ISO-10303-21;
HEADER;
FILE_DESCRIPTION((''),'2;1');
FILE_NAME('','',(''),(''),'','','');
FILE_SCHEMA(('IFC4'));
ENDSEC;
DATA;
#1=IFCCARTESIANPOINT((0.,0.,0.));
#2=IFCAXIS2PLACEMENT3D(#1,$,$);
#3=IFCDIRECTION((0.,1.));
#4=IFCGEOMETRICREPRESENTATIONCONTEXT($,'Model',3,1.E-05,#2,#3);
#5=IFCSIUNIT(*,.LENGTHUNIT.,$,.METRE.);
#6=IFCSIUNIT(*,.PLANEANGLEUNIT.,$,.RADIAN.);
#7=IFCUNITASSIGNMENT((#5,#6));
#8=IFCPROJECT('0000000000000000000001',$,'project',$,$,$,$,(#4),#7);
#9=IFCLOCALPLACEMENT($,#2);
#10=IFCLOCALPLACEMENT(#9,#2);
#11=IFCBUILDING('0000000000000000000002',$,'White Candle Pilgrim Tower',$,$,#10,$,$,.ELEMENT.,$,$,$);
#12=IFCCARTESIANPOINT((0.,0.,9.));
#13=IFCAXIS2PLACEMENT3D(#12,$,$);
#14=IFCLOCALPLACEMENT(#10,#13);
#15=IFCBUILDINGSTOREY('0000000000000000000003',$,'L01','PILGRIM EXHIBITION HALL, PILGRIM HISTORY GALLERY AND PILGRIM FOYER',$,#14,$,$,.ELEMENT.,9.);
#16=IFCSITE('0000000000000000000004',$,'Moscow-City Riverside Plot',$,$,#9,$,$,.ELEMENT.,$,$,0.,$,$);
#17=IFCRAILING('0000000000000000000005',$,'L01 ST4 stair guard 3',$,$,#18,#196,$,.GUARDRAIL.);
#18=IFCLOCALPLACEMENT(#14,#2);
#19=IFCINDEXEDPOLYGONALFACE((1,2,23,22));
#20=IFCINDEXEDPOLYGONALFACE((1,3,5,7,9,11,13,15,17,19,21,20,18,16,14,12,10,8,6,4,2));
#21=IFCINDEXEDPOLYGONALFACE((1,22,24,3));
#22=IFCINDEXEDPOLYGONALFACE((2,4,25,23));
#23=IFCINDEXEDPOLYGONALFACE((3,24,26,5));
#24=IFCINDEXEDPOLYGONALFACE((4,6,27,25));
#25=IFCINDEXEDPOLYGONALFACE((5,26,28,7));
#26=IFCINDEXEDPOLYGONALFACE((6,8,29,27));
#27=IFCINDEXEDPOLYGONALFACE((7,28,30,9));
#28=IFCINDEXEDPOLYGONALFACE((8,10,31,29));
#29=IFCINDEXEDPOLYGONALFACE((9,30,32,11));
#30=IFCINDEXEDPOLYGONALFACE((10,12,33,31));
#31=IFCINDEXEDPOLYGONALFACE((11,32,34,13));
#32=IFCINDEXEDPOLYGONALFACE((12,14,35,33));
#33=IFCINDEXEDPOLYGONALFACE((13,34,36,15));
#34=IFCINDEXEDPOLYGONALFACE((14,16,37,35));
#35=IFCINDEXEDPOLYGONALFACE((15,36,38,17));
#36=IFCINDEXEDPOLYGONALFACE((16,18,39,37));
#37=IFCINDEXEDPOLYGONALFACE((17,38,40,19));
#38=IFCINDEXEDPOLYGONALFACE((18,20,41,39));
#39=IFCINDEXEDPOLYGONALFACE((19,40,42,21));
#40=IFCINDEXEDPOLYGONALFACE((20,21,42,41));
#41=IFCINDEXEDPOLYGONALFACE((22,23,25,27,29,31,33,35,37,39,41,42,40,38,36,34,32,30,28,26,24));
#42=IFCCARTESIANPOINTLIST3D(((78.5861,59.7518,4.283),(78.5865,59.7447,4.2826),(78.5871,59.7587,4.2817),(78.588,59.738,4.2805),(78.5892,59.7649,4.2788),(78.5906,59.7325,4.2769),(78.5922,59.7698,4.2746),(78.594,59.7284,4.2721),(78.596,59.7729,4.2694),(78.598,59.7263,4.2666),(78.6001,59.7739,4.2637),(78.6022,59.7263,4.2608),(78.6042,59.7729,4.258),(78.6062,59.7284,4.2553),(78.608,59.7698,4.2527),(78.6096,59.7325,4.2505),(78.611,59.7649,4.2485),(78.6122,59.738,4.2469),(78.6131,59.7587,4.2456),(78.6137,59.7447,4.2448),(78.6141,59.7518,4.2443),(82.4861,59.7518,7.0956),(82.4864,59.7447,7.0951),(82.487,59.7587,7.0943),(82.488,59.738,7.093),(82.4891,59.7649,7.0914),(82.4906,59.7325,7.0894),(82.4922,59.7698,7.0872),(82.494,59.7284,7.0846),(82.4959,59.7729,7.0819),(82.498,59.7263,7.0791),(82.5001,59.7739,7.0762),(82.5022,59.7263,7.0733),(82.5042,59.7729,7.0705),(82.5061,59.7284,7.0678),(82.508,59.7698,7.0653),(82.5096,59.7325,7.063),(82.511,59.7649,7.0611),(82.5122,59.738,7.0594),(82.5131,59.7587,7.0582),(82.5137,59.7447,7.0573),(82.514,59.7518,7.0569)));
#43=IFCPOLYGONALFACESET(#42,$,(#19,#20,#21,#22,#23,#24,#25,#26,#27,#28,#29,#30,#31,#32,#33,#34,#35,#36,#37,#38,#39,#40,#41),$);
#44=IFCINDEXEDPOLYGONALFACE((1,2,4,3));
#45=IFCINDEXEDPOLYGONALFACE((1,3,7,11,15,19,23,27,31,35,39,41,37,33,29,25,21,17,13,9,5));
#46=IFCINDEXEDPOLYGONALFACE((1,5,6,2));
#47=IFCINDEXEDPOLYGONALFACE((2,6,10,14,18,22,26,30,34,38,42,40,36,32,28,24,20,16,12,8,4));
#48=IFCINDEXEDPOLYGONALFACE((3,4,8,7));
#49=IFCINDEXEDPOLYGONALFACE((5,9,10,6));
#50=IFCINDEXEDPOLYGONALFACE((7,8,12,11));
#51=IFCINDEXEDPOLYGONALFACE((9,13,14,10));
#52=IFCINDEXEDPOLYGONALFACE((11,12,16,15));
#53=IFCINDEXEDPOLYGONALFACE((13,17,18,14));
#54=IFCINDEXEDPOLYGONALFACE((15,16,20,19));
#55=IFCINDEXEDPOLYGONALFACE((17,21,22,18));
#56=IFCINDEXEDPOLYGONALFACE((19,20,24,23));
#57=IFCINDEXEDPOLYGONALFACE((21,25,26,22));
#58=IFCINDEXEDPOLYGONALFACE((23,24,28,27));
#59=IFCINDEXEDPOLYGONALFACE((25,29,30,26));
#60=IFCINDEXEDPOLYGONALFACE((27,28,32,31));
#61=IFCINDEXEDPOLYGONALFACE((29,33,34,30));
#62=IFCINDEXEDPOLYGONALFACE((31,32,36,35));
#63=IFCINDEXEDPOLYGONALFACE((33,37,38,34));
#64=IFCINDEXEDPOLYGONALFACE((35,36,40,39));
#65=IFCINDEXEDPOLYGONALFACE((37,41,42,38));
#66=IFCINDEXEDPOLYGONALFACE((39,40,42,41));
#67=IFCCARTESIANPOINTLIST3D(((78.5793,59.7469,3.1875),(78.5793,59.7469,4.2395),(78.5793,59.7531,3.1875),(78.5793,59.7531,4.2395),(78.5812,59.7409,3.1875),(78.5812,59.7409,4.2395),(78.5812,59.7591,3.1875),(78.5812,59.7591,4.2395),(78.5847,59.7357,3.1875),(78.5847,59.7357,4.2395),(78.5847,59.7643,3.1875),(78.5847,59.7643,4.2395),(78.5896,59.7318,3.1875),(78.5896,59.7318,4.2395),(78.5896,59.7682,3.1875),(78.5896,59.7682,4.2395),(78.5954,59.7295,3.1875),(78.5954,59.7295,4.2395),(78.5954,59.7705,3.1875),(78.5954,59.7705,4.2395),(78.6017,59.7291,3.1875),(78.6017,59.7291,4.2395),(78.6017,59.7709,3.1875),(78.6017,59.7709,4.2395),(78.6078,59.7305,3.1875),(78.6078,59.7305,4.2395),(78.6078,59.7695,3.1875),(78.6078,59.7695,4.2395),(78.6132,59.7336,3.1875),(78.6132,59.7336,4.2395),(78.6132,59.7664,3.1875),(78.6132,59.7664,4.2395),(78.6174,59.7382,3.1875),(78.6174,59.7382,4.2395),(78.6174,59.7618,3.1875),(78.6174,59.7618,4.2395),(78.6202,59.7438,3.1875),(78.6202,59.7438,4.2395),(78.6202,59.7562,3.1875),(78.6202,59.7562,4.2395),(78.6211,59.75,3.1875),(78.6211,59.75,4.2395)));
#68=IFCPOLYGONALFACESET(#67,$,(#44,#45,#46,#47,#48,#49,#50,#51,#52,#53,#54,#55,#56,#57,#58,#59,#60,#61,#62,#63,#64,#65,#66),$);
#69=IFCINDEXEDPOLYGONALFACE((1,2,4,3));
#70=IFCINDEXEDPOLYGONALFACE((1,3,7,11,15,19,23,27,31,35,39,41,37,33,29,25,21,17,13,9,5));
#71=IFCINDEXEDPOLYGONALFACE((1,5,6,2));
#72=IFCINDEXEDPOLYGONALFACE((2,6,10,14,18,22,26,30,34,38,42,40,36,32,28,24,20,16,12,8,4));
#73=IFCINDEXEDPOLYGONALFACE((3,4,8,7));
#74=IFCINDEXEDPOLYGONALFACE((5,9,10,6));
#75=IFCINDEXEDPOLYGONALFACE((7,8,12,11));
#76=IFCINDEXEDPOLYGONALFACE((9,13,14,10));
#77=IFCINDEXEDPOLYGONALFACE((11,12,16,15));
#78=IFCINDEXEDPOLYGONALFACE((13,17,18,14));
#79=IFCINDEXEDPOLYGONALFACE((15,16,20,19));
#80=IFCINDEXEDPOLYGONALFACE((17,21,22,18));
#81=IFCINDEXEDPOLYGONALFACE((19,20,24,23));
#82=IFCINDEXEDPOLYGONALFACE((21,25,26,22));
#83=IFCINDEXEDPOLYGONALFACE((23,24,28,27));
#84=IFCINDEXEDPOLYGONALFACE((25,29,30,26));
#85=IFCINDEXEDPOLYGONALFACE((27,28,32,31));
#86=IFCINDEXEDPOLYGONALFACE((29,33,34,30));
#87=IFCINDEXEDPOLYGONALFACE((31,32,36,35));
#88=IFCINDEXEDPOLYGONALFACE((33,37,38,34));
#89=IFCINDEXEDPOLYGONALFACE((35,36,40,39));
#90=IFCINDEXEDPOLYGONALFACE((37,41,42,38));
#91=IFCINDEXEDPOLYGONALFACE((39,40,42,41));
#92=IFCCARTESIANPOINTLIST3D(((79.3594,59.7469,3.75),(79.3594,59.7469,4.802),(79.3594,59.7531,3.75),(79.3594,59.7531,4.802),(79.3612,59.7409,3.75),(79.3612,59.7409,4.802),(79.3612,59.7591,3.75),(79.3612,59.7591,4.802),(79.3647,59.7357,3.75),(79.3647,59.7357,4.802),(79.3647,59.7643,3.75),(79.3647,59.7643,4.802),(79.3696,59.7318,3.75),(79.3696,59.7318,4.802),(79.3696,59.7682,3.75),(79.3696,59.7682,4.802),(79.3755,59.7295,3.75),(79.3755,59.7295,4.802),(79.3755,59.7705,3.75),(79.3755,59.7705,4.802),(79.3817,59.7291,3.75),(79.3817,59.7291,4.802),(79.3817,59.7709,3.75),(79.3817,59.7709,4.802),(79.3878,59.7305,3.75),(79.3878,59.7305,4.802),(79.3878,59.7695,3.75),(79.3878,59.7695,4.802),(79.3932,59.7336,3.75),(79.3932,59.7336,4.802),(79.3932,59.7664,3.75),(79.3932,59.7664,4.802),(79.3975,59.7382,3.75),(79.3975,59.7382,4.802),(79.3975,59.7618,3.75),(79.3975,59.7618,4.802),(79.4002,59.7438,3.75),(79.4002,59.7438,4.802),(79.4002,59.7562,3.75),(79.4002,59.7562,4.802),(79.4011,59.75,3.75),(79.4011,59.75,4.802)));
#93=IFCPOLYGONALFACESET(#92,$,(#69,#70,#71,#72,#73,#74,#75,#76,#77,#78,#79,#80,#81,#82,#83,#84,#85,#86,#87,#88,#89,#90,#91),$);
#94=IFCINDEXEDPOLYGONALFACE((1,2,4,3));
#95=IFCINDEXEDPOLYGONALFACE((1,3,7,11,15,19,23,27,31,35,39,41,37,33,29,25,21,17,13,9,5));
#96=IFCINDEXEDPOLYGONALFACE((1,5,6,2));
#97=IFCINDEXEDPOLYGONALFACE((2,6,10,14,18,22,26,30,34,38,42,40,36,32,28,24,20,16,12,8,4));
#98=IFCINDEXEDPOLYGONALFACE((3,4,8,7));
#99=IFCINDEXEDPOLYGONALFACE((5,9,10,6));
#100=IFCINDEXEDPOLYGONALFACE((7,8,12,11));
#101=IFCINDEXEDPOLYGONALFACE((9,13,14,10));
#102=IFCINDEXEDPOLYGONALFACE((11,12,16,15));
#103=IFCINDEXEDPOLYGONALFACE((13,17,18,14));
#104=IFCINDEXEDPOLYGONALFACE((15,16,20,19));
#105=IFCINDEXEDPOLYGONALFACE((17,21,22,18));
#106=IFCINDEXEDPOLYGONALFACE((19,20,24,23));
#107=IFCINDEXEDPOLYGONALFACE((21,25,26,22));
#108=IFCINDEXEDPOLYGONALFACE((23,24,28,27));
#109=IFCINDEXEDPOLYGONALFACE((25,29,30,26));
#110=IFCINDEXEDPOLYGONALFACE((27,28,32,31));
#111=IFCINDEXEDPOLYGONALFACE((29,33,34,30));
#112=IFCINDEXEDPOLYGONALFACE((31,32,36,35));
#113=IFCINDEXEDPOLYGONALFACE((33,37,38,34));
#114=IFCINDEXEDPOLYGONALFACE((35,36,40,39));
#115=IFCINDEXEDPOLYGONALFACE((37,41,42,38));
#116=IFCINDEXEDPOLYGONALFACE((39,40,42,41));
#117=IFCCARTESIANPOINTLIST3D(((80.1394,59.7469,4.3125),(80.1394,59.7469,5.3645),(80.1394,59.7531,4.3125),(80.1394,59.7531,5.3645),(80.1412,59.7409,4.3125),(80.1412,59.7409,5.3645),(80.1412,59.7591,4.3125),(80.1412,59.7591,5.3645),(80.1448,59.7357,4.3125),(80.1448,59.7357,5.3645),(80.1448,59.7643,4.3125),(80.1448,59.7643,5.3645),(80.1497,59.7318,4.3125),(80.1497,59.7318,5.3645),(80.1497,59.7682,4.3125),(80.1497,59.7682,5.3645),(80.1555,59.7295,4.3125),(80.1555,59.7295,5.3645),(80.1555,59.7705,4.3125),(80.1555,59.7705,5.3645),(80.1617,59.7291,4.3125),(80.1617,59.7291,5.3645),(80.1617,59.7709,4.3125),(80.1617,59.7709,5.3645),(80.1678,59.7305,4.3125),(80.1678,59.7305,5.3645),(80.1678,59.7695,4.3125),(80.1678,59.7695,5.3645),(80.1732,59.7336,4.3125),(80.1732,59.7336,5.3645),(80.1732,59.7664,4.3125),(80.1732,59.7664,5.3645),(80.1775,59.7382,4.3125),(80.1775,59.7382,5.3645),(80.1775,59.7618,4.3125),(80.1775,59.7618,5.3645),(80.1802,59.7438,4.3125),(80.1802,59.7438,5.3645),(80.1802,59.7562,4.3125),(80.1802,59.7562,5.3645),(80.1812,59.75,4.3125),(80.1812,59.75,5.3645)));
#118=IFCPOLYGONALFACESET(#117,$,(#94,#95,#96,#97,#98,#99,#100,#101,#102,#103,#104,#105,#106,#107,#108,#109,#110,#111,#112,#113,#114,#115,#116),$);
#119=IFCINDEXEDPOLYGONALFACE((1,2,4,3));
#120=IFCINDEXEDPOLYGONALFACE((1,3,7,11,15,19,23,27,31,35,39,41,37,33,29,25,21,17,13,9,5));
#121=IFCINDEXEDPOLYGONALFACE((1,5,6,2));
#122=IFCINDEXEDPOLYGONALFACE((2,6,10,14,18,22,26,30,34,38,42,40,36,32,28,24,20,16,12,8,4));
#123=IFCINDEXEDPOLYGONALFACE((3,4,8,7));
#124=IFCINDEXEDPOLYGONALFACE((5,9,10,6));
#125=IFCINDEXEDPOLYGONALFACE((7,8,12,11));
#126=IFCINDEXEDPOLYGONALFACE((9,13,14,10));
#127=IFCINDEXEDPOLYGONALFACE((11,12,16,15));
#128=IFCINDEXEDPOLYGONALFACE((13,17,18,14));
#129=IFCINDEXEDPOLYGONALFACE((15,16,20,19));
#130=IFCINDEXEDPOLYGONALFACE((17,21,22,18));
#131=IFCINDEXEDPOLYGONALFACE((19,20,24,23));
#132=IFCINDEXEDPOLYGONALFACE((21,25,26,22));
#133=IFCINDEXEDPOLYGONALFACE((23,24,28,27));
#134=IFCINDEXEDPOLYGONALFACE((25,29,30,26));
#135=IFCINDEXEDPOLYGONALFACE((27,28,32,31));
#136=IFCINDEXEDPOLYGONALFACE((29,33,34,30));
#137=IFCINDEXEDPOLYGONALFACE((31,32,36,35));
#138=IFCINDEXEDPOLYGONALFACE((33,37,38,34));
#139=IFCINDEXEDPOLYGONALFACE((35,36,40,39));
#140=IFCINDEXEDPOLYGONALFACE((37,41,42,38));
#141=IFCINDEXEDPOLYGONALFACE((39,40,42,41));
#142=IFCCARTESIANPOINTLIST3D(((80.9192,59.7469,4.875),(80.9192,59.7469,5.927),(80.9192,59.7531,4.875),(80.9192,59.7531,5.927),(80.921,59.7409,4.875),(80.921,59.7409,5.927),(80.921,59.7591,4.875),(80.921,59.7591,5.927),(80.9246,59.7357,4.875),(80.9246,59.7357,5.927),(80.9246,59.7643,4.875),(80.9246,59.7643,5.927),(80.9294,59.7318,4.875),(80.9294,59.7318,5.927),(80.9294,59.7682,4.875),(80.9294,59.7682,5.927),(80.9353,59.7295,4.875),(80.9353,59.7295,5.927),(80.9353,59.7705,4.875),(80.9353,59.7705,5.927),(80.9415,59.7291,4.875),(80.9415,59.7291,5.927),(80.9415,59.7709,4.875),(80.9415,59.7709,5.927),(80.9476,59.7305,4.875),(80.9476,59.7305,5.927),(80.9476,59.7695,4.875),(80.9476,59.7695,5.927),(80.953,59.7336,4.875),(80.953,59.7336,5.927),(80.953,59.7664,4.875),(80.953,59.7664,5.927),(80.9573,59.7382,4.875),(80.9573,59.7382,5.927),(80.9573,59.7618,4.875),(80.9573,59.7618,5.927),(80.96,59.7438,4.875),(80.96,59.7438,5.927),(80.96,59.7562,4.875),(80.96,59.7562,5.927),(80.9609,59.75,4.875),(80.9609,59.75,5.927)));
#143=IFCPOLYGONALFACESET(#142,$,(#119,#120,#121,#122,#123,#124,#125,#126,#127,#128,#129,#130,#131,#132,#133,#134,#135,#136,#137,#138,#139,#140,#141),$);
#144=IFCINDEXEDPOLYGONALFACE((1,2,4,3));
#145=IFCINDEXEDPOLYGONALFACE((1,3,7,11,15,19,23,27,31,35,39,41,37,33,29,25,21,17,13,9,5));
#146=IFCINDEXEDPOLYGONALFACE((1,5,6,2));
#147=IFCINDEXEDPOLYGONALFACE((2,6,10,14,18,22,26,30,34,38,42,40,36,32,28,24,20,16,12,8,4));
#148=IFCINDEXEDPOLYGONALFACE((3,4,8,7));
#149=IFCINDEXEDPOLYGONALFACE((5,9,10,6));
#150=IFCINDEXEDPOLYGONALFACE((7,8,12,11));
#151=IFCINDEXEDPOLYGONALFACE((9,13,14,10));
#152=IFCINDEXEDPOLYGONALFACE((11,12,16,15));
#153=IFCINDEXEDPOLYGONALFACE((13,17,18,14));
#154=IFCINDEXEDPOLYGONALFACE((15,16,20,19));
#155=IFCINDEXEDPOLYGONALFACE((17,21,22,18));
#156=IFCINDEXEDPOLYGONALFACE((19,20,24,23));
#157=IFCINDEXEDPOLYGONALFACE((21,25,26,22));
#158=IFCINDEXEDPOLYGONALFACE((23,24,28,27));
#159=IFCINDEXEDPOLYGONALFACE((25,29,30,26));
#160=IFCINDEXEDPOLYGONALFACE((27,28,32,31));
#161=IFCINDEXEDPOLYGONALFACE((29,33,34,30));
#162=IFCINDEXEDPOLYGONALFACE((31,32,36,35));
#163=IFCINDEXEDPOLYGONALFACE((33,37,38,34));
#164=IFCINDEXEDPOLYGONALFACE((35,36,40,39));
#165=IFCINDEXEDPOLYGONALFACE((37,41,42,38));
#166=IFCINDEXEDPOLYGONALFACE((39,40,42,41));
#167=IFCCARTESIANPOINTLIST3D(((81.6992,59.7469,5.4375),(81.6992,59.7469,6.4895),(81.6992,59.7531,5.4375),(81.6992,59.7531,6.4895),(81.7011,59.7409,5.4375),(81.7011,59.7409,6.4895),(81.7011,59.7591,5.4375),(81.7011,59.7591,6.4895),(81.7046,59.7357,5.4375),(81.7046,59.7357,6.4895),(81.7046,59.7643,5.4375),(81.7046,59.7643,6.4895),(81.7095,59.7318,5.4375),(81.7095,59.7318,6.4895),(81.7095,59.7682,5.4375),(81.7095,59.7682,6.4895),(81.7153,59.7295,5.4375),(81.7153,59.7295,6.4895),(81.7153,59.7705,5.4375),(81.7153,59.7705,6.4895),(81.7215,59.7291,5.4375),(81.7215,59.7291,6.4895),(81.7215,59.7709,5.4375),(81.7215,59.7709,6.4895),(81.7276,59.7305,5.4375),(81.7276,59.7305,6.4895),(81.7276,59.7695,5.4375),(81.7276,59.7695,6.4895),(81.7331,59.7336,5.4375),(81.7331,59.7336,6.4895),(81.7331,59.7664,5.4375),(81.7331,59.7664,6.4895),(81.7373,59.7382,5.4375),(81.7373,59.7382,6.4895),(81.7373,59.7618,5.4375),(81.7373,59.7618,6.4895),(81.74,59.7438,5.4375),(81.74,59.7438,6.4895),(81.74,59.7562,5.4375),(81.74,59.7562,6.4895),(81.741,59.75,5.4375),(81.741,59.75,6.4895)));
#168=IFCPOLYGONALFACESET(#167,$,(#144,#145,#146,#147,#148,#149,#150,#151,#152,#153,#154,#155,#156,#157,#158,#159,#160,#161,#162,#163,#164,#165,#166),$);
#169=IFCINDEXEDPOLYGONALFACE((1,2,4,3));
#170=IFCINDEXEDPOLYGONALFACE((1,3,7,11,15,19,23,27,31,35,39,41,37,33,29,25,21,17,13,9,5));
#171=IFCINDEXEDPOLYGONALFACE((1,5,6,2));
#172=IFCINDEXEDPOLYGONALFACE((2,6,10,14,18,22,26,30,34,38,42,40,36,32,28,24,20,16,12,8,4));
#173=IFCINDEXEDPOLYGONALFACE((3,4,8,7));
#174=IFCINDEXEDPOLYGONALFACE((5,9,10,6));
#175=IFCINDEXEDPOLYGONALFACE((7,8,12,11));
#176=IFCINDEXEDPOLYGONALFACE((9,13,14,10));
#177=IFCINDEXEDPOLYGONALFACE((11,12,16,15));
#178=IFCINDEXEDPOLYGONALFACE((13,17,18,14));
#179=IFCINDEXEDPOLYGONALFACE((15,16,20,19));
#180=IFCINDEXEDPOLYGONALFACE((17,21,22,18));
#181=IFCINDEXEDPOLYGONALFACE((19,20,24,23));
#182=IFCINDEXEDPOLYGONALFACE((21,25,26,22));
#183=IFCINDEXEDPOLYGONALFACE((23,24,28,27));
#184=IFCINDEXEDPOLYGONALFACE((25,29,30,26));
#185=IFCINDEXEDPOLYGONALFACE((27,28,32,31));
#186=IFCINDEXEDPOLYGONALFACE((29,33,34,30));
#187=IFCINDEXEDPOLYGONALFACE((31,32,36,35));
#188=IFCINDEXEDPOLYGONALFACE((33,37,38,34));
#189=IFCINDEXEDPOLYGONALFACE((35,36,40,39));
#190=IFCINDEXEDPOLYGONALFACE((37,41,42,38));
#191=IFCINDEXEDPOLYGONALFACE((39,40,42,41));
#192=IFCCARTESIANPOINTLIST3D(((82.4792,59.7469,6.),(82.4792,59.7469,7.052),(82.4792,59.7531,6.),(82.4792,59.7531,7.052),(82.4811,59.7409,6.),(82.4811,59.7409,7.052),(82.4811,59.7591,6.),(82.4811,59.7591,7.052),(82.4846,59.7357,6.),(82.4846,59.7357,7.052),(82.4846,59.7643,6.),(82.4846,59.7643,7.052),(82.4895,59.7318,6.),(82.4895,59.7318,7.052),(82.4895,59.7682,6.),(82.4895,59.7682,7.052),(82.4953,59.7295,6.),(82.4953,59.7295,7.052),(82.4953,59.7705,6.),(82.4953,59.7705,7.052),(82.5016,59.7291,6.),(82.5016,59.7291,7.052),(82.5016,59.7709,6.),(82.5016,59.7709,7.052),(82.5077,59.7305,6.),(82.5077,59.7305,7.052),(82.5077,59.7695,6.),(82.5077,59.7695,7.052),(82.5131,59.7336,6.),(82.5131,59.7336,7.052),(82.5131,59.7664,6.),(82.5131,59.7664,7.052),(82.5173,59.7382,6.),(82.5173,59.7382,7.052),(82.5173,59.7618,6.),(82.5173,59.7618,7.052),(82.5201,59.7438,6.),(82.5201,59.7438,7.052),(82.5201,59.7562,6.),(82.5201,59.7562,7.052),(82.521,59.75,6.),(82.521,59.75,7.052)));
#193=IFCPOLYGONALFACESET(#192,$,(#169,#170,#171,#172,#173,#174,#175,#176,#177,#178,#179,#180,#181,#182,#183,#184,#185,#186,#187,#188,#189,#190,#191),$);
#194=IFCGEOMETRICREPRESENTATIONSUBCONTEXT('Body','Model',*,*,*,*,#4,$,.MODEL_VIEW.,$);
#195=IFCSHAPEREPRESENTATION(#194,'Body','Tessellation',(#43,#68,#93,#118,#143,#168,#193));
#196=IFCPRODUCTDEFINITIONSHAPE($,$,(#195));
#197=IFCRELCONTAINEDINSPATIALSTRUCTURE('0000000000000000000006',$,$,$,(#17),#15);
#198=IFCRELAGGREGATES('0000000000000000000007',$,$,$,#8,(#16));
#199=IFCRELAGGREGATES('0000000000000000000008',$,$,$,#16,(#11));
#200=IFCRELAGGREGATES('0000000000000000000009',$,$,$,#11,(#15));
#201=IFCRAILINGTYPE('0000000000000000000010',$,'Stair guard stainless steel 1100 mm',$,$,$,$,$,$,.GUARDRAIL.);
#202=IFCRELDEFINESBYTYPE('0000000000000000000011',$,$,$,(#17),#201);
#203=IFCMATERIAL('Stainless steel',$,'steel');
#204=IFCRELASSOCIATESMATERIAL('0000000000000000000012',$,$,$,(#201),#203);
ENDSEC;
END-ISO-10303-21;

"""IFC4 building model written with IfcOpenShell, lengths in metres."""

from ifc_helpers import new_model, si_unit, direction, frame, origin, origin_2d, place, context, subcontext, project, spatial, circle, extrude, material, type_object, element, save


model = new_model("IFC4")

# Units and contexts
model_context = context("Model", 3, precision=1e-05, world=origin(), true_north=direction((0.0, 1.0)))
body_context = subcontext(model_context, "Body", "Model", "MODEL_VIEW")
ifc_project = project(units=[si_unit("LENGTHUNIT", "METRE"), si_unit("PLANEANGLEUNIT", "RADIAN")], contexts=[model_context])

# Site, building, storey
site_placement = place(None, origin())
site = spatial("IfcSite", under=ifc_project, at=site_placement, Name="Moscow-City Riverside Plot", CompositionType="ELEMENT", RefElevation=0.0)
building_placement = place(site_placement, origin())
building = spatial("IfcBuilding", under=site, at=building_placement, Name="White Candle Pilgrim Tower", CompositionType="ELEMENT")
storey_placement = place(building_placement, frame((0.0, 0.0, 9.0)))
storey = spatial("IfcBuildingStorey", under=building, at=storey_placement, Name="L01", Description="PILGRIM EXHIBITION HALL, PILGRIM HISTORY GALLERY AND PILGRIM FOYER", CompositionType="ELEMENT", Elevation=9.0)

# Railing
ifc_material_1 = material(Name="Stainless steel", Category="steel")
railing_type_1 = type_object("IfcRailingType", Name="Stair guard stainless steel 1100 mm", PredefinedType="GUARDRAIL", material=ifc_material_1)
railing_1_placement = place(storey_placement, frame((78.6001, 59.75, 3.1875)))
element("IfcRailing", 1, at=railing_1_placement, inside=storey, type_object=railing_type_1, Name="L01 ST4 stair guard 3", PredefinedType="GUARDRAIL", context=body_context, shape_type="SweptSolid", body=[
    extrude(circle(Radius=0.0239, at=origin_2d()), frame((0.0, 0.0, 1.0762), z_axis=(0.811083, 0.0, 0.584931), x_axis=(0.0, 1.0, 0.0)), (0.0, 0.0, 1.0), 4.8083),
    extrude(circle(Radius=0.021, at=origin_2d()), origin(), (0.0, 0.0, 1.0), 1.052),
    extrude(circle(Radius=0.021, at=origin_2d()), frame((0.78, 0.0, 0.5625)), (0.0, 0.0, 1.0), 1.052),
    extrude(circle(Radius=0.021, at=origin_2d()), frame((1.5601, 0.0, 1.125)), (0.0, 0.0, 1.0), 1.052),
    extrude(circle(Radius=0.021, at=origin_2d()), frame((2.3398, 0.0, 1.6875)), (0.0, 0.0, 1.0), 1.052),
    extrude(circle(Radius=0.021, at=origin_2d()), frame((3.1199, 0.0, 2.25)), (0.0, 0.0, 1.0), 1.052),
    extrude(circle(Radius=0.021, at=origin_2d()), frame((3.8999, 0.0, 2.8125)), (0.0, 0.0, 1.0), 1.052),
])

save(model, "model.ifc")
